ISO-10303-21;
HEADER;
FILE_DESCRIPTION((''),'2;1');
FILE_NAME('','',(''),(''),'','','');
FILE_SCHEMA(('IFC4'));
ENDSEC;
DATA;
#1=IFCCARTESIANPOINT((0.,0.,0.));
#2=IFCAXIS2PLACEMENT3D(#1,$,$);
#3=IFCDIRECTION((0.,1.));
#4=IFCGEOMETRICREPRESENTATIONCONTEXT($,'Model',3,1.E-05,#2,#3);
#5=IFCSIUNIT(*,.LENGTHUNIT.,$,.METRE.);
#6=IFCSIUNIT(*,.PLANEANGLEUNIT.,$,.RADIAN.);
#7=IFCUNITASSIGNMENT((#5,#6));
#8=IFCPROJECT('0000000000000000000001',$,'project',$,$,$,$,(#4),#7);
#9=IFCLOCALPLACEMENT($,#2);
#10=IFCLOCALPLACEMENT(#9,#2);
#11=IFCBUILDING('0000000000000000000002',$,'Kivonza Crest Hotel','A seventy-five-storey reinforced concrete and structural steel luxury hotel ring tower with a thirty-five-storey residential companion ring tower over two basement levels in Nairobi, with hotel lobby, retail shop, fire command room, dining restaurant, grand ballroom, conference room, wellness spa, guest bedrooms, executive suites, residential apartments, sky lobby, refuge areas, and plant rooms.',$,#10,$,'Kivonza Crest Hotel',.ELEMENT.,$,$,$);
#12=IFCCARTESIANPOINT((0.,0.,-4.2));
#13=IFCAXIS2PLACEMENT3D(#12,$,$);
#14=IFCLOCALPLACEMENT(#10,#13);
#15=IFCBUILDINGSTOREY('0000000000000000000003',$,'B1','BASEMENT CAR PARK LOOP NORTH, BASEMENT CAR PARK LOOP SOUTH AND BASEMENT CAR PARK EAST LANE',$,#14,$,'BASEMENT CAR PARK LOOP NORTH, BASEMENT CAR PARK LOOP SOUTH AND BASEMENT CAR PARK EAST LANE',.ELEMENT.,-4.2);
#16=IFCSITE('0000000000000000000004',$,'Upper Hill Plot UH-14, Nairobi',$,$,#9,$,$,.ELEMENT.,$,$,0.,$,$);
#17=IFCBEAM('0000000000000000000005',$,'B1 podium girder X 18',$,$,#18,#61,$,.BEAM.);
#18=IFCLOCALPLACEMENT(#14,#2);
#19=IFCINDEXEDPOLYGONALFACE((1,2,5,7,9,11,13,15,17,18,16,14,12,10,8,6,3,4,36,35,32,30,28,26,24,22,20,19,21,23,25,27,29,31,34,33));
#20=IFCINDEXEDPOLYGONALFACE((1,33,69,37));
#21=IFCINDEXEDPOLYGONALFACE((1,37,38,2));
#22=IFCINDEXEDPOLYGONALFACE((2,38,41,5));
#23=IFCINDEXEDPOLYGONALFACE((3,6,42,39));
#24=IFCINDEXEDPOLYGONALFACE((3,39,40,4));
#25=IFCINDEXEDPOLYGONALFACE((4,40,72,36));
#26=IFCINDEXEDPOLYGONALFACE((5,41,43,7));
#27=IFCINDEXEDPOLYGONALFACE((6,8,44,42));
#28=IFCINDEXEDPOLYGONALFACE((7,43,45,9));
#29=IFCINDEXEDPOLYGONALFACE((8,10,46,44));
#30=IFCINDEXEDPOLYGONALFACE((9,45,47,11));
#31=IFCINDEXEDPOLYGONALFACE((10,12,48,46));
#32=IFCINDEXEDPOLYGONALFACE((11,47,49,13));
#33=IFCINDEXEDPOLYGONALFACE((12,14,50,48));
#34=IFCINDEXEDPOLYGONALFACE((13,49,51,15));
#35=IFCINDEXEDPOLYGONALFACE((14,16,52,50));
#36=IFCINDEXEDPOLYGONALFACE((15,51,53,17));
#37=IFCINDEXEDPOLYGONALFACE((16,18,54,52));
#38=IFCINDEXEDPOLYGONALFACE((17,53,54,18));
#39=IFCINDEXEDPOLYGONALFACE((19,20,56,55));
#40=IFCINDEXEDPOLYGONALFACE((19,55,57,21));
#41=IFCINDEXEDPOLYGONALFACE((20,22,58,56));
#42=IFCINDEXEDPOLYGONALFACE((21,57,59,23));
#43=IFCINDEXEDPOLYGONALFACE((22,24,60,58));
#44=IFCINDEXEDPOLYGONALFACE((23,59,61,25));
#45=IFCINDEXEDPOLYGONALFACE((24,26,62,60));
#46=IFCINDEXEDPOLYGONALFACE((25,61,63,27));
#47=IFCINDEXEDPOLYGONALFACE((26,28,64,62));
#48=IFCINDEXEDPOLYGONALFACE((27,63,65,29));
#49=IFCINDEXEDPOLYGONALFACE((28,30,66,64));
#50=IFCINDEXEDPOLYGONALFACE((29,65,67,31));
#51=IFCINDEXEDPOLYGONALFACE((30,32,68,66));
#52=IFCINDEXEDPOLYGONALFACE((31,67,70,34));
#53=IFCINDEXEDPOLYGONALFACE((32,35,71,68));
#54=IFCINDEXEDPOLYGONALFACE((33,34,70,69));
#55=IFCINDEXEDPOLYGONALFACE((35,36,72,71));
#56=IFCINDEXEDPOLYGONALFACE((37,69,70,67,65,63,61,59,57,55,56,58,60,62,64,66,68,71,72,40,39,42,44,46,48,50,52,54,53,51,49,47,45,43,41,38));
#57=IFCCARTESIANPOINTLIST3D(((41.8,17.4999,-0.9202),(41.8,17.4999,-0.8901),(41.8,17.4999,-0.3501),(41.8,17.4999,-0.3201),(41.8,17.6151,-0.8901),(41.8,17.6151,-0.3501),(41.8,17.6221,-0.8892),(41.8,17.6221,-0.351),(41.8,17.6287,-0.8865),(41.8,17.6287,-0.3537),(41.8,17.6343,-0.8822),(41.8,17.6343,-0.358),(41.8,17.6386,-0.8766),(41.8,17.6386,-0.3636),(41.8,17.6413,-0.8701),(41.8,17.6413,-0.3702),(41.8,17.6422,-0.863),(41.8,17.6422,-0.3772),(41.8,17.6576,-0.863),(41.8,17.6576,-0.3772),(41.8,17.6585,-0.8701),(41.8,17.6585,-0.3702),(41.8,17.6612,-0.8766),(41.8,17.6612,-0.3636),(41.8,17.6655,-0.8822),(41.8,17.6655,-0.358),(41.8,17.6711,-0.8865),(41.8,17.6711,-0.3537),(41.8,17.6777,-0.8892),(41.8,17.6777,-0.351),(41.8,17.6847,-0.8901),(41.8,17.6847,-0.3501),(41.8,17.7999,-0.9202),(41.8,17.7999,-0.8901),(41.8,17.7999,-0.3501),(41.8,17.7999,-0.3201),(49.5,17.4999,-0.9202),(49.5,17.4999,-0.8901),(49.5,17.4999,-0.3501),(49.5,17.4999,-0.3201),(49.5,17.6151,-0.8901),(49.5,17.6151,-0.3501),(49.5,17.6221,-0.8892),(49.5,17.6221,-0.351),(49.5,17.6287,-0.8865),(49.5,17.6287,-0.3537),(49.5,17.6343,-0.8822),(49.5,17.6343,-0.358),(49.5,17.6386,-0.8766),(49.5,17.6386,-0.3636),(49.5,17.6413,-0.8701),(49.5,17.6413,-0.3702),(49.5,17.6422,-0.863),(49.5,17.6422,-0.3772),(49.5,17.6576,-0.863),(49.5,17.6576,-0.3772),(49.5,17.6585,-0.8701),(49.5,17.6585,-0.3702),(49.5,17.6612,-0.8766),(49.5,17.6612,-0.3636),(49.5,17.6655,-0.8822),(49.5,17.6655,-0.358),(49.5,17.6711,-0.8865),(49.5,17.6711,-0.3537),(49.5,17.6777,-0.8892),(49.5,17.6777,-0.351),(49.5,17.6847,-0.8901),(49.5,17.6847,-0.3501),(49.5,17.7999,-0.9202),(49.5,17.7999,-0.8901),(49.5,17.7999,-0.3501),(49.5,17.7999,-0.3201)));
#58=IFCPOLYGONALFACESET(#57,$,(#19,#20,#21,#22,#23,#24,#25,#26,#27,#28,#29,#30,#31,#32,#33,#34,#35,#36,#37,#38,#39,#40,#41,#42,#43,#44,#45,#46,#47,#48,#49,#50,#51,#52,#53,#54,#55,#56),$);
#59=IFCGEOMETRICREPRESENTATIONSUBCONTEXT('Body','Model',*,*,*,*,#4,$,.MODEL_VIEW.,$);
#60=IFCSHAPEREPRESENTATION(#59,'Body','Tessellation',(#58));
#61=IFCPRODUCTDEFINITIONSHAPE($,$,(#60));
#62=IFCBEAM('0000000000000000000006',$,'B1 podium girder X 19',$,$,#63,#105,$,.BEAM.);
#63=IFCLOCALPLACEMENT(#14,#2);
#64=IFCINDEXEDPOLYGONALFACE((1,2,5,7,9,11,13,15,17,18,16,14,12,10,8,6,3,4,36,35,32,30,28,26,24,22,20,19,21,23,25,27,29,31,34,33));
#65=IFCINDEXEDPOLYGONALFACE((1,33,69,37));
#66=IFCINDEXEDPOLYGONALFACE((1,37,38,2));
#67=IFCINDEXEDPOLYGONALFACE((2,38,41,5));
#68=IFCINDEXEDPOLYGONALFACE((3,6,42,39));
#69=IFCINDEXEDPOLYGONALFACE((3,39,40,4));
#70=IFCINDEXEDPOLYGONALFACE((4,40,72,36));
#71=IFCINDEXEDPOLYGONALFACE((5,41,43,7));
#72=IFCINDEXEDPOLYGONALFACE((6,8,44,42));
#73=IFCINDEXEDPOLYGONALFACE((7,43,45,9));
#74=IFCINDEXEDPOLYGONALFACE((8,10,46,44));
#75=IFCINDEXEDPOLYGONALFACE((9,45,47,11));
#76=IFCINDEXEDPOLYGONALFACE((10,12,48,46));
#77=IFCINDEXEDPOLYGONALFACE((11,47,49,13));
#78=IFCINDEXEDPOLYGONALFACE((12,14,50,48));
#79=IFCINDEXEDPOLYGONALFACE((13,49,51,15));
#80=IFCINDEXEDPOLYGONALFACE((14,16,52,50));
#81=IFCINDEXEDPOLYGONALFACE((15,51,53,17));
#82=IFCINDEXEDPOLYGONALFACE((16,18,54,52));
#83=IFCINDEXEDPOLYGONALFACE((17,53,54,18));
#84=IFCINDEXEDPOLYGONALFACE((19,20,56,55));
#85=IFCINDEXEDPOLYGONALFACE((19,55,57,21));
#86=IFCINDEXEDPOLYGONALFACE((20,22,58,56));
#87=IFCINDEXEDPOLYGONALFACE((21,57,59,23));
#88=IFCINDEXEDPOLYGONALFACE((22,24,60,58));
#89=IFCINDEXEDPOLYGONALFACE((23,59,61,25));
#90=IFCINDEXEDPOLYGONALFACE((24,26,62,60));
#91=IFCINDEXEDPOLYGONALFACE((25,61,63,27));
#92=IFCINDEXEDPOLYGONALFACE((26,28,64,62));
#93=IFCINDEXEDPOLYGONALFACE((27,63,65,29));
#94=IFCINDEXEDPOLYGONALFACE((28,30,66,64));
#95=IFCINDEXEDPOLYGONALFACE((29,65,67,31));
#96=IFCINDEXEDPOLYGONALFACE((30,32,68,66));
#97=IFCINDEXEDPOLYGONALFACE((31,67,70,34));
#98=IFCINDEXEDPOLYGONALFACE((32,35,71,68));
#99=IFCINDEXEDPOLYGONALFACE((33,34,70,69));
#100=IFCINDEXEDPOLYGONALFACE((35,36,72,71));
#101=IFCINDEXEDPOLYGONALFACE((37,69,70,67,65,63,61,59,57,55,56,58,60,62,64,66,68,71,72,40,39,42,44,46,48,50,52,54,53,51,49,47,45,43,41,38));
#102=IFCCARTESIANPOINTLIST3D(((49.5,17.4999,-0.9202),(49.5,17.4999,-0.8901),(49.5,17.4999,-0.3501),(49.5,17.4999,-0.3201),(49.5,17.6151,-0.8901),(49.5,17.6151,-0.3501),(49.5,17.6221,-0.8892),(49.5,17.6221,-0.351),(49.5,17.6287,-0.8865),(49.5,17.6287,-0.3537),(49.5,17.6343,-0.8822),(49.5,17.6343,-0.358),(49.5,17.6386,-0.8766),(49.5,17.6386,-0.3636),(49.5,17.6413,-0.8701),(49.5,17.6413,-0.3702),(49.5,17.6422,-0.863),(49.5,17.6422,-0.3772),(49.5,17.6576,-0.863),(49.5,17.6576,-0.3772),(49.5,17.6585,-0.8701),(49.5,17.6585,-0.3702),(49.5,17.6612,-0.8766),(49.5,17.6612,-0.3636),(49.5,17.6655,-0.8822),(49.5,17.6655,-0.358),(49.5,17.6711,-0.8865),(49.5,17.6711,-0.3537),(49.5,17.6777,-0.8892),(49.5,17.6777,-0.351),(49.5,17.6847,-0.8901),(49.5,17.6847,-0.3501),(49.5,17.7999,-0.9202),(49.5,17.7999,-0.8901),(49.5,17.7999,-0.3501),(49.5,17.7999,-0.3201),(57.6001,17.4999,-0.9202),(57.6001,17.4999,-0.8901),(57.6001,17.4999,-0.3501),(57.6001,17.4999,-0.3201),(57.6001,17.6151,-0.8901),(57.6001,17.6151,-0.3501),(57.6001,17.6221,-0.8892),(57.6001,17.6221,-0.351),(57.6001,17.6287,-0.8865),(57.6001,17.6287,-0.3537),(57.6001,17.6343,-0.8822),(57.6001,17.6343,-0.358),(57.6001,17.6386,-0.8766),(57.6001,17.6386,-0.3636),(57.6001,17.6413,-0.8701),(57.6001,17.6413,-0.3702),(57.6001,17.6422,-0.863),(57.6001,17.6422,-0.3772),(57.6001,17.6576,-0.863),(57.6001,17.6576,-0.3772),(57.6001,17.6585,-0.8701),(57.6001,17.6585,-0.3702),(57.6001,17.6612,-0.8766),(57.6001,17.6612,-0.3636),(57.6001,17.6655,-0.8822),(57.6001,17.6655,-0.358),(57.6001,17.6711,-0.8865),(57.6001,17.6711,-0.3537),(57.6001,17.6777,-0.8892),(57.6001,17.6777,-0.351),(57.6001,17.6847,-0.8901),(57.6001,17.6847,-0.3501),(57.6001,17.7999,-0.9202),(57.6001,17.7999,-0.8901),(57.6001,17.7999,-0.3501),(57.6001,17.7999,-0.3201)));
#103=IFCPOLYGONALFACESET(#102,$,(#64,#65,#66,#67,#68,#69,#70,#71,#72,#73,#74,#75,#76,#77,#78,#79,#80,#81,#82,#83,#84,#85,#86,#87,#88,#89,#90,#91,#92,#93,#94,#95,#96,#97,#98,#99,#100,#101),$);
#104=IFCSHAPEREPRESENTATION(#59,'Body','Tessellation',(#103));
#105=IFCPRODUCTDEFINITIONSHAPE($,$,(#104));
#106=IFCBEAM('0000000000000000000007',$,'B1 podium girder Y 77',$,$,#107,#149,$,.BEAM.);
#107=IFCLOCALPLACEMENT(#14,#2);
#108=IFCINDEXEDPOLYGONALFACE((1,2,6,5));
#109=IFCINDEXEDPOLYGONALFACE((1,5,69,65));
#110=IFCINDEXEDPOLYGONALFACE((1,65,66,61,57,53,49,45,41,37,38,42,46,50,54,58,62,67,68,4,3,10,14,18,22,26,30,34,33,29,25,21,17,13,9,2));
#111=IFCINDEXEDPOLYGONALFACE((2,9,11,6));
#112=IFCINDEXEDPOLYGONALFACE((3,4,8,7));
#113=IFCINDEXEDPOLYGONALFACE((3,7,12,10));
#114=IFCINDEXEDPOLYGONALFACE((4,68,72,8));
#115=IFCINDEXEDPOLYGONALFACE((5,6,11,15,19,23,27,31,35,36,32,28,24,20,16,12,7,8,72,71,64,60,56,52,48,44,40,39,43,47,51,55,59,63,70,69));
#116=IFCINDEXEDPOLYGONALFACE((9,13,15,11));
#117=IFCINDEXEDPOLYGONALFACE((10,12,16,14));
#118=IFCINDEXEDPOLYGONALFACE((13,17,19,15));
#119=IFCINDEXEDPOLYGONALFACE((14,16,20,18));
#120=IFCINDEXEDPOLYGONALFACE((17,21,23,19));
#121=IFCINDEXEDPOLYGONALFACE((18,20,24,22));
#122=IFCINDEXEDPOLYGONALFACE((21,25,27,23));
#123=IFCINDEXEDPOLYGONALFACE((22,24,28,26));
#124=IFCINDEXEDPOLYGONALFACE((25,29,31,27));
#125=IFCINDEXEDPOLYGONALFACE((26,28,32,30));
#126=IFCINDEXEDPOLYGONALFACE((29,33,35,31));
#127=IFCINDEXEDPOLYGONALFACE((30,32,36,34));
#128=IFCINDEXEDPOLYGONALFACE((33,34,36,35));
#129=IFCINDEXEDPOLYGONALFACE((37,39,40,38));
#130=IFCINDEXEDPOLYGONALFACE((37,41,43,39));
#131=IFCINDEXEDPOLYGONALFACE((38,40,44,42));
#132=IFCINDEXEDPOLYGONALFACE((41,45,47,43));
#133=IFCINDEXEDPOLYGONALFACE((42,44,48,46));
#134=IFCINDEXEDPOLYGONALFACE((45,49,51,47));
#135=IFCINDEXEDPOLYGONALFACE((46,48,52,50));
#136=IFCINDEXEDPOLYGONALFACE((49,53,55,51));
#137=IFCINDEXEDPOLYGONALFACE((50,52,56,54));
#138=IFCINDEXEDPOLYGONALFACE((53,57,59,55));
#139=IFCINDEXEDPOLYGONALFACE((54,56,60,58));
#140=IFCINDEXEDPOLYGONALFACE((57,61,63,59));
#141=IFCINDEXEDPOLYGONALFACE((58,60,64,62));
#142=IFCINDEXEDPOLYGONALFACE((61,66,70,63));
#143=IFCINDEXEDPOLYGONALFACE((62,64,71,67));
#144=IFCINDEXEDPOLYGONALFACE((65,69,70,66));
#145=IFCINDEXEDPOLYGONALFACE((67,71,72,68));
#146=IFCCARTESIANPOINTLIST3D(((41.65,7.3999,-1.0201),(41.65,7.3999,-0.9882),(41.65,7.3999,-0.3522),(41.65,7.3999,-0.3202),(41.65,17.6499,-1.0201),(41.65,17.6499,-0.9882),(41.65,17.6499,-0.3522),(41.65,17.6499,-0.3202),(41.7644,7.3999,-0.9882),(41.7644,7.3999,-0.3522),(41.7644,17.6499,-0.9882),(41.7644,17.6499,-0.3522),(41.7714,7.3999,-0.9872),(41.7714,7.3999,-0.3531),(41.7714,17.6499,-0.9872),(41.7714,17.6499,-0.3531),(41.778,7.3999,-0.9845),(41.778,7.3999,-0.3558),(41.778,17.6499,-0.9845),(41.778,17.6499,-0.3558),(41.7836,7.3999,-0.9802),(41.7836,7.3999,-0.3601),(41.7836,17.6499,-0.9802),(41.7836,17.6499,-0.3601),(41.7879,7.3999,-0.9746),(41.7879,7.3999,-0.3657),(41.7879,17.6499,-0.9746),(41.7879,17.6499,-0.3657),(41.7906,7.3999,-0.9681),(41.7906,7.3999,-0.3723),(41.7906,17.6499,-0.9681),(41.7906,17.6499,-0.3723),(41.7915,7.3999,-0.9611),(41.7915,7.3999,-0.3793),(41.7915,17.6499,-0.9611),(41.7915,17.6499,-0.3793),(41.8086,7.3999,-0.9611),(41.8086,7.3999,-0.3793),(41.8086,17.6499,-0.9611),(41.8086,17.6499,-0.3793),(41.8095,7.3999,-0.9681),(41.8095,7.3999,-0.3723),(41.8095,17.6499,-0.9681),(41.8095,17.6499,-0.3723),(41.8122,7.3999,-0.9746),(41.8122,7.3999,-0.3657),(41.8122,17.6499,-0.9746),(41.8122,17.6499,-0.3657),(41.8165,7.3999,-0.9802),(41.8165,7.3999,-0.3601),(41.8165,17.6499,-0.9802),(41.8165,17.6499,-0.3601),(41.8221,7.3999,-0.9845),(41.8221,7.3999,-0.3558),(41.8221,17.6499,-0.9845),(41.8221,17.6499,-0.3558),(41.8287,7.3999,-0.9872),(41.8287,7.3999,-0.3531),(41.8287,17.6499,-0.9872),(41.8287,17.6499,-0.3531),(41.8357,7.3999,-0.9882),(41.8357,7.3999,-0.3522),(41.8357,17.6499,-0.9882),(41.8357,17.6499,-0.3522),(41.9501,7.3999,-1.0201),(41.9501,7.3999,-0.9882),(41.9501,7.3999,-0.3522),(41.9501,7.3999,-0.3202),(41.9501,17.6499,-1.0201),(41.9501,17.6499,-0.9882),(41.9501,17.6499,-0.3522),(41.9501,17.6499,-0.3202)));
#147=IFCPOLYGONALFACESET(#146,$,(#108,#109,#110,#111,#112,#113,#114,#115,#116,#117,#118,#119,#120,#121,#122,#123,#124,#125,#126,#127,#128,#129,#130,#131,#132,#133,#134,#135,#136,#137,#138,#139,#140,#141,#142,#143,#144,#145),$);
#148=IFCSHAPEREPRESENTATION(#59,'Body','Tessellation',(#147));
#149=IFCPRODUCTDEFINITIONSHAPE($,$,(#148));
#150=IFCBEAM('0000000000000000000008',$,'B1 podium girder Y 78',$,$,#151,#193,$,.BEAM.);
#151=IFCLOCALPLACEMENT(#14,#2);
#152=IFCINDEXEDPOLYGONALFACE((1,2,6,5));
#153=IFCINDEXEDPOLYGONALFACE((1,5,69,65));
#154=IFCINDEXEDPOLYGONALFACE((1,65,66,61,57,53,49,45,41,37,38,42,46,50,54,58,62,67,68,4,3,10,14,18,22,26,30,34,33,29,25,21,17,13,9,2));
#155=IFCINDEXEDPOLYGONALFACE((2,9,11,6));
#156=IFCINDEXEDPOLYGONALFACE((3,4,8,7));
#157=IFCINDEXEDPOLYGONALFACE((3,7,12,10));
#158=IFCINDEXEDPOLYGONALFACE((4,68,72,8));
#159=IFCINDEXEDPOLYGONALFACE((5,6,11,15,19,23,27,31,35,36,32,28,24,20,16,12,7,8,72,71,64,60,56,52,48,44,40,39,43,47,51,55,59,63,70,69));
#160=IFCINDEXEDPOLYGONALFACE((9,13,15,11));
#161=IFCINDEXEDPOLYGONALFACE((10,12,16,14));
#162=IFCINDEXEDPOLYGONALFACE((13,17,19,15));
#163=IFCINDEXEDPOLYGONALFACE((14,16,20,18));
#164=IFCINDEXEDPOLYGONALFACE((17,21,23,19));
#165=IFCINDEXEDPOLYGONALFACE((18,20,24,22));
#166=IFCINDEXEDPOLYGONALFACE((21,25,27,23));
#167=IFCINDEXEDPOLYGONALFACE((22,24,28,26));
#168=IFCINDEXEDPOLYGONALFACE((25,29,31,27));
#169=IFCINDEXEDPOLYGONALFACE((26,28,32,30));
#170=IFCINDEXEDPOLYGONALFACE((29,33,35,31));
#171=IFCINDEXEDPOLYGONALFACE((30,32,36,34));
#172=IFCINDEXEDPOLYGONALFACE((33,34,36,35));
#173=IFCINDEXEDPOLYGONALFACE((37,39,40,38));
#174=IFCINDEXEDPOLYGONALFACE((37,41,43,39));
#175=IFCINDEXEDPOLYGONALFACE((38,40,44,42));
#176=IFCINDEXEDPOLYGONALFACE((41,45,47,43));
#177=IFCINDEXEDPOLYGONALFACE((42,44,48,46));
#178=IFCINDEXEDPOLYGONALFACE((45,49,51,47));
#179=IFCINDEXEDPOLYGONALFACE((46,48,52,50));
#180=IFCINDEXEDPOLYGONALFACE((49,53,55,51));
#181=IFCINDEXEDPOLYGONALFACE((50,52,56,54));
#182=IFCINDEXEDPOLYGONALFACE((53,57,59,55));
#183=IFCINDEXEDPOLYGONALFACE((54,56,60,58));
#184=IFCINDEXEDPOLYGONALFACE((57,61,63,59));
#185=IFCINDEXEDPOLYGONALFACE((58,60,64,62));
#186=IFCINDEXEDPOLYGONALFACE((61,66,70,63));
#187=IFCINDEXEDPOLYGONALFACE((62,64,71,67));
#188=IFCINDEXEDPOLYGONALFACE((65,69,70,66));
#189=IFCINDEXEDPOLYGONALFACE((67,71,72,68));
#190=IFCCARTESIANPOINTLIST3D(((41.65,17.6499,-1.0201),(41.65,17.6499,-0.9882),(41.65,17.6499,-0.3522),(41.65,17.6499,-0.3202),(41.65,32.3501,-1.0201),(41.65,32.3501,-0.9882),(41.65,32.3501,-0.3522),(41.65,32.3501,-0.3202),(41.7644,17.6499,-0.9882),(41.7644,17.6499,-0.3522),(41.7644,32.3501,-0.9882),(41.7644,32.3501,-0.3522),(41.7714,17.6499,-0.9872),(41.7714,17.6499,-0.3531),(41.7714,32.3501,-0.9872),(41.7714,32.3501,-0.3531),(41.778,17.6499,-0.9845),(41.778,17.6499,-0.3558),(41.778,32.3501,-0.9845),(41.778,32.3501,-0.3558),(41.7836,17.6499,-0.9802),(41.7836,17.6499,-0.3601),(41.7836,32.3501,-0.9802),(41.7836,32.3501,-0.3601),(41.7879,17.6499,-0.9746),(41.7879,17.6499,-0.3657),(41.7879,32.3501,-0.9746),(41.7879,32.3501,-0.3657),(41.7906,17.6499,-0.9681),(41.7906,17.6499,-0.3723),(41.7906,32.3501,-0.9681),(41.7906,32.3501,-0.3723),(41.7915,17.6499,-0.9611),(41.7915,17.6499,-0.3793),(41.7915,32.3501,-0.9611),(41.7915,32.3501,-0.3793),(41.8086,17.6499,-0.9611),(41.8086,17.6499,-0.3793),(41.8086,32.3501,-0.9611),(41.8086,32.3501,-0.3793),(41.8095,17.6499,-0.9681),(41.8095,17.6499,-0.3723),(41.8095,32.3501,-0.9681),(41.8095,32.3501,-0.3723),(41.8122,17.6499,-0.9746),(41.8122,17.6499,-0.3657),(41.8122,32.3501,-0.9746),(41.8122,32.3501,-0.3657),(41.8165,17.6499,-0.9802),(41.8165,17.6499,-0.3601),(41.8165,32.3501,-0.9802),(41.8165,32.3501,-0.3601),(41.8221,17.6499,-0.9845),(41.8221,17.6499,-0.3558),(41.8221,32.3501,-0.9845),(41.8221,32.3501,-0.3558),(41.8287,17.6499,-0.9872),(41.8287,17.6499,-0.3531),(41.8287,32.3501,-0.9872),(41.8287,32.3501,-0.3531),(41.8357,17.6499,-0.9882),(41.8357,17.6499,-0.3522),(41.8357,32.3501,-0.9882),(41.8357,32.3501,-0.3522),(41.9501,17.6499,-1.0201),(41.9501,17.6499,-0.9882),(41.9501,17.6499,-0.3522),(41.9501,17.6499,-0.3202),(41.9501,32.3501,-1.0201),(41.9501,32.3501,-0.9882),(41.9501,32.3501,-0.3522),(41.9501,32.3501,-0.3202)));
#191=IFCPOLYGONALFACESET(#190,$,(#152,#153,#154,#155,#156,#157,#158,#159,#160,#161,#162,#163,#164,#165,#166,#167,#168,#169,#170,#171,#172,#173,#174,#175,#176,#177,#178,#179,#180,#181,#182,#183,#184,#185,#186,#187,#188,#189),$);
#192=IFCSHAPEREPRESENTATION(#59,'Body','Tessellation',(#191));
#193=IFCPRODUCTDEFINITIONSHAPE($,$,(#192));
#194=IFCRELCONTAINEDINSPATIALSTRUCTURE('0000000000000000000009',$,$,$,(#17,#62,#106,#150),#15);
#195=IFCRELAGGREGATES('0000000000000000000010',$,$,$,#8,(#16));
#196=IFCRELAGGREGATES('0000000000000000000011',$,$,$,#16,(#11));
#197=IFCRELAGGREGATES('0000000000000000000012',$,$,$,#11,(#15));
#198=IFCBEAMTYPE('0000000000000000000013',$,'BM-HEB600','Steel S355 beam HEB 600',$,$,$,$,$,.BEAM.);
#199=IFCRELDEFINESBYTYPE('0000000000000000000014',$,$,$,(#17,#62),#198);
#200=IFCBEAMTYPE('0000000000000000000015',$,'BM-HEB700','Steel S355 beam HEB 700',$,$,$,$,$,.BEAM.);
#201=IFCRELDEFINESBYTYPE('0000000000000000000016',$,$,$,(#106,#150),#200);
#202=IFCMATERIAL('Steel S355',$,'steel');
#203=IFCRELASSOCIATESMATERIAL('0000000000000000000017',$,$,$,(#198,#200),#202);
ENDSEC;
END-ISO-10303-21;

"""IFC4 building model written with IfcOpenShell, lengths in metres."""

from ifc_helpers import new_model, si_unit, direction, frame, origin, origin_2d, place, context, subcontext, project, spatial, i_section, extrude, material, material_profile, profile_set, type_object, element, save


model = new_model("IFC4")

# Units and contexts
model_context = context("Model", 3, precision=1e-05, world=origin(), true_north=direction((0.0, 1.0)))
body_context = subcontext(model_context, "Body", "Model", "MODEL_VIEW")
ifc_project = project(units=[si_unit("LENGTHUNIT", "METRE"), si_unit("PLANEANGLEUNIT", "RADIAN")], contexts=[model_context])

# Site, building, storey
site_placement = place(None, origin())
site = spatial("IfcSite", under=ifc_project, at=site_placement, Name="Upper Hill Plot UH-14, Nairobi", CompositionType="ELEMENT", RefElevation=0.0)
building_placement = place(site_placement, origin())
building = spatial("IfcBuilding", under=site, at=building_placement, Name="Kivonza Crest Hotel", Description="A seventy-five-storey reinforced concrete and structural steel luxury hotel ring tower with a thirty-five-storey residential companion ring tower over two basement levels in Nairobi, with hotel lobby, retail shop, fire command room, dining restaurant, grand ballroom, conference room, wellness spa, guest bedrooms, executive suites, residential apartments, sky lobby, refuge areas, and plant rooms.", LongName="Kivonza Crest Hotel", CompositionType="ELEMENT")
storey_placement = place(building_placement, frame((0.0, 0.0, -4.2)))
storey = spatial("IfcBuildingStorey", under=building, at=storey_placement, Name="B1", Description="BASEMENT CAR PARK LOOP NORTH, BASEMENT CAR PARK LOOP SOUTH AND BASEMENT CAR PARK EAST LANE", LongName="BASEMENT CAR PARK LOOP NORTH, BASEMENT CAR PARK LOOP SOUTH AND BASEMENT CAR PARK EAST LANE", CompositionType="ELEMENT", Elevation=-4.2)

# Beams
ifc_material_1 = material(Name="Steel S355", Category="steel")
ifc_material_profile_1 = material_profile(ifc_material_1, i_section(OverallWidth=0.3, OverallDepth=0.6001, WebThickness=0.0154, FlangeThickness=0.03, FilletRadius=0.0271, at=origin_2d()), Name="HEB 600")
ifc_profile_set_1 = profile_set([ifc_material_profile_1], Name="Steel S355")
beam_type_1 = type_object("IfcBeamType", Name="BM-HEB600", Description="Steel S355 beam HEB 600", PredefinedType="BEAM", material=ifc_profile_set_1)
beam_1_placement = place(storey_placement, frame((41.8, 17.6499, -0.6201), z_axis=(1.0, 0.0, 0.0), x_axis=(0.0, 1.0, 0.0)))
element("IfcBeam", 1, at=beam_1_placement, inside=storey, type_object=beam_type_1, Name="B1 podium girder X 18", PredefinedType="BEAM", context=body_context, shape_type="SweptSolid", body=[
    extrude(i_section(OverallWidth=0.3, OverallDepth=0.6001, WebThickness=0.0154, FlangeThickness=0.03, FilletRadius=0.0271, at=origin_2d()), origin(), (0.0, 0.0, 1.0), 7.7),
])
beam_2_placement = place(storey_placement, frame((49.5, 17.6499, -0.6201), z_axis=(1.0, 0.0, 0.0), x_axis=(0.0, 1.0, 0.0)))
element("IfcBeam", 2, at=beam_2_placement, inside=storey, type_object=beam_type_1, Name="B1 podium girder X 19", PredefinedType="BEAM", context=body_context, shape_type="SweptSolid", body=[
    extrude(i_section(OverallWidth=0.3, OverallDepth=0.6001, WebThickness=0.0154, FlangeThickness=0.03, FilletRadius=0.0271, at=origin_2d()), origin(), (0.0, 0.0, 1.0), 8.1001),
])
ifc_material_profile_2 = material_profile(ifc_material_1, i_section(OverallWidth=0.3, OverallDepth=0.7, WebThickness=0.0171, FlangeThickness=0.032, FilletRadius=0.0271, at=origin_2d()), Name="HEB 700")
ifc_profile_set_2 = profile_set([ifc_material_profile_2], Name="Steel S355")
beam_type_2 = type_object("IfcBeamType", Name="BM-HEB700", Description="Steel S355 beam HEB 700", PredefinedType="BEAM", material=ifc_profile_set_2)
beam_3_placement = place(storey_placement, frame((41.8, 7.3999, -0.6702), z_axis=(0.0, 1.0, 0.0), x_axis=(-1.0, 0.0, 0.0)))
element("IfcBeam", 3, at=beam_3_placement, inside=storey, type_object=beam_type_2, Name="B1 podium girder Y 77", PredefinedType="BEAM", context=body_context, shape_type="SweptSolid", body=[
    extrude(i_section(OverallWidth=0.3, OverallDepth=0.7, WebThickness=0.0171, FlangeThickness=0.032, FilletRadius=0.0271, at=origin_2d()), origin(), (0.0, 0.0, 1.0), 10.25),
])
for number, where, z_axis, x_axis, name in (
    (4, (41.8, 17.6499, -0.6702), (0.0, 1.0, 0.0), (-1.0, 0.0, 0.0), "B1 podium girder Y 78"),
):
    element("IfcBeam", number, at=place(storey_placement, frame(where, z_axis=z_axis, x_axis=x_axis)), inside=storey, type_object=beam_type_2, Name=name, PredefinedType="BEAM", context=body_context, shape_type="SweptSolid", body=[
        extrude(i_section(OverallWidth=0.3, OverallDepth=0.7, WebThickness=0.0171, FlangeThickness=0.032, FilletRadius=0.0271, at=origin_2d()), origin(), (0.0, 0.0, 1.0), 14.7002),
    ])

save(model, "model.ifc")
